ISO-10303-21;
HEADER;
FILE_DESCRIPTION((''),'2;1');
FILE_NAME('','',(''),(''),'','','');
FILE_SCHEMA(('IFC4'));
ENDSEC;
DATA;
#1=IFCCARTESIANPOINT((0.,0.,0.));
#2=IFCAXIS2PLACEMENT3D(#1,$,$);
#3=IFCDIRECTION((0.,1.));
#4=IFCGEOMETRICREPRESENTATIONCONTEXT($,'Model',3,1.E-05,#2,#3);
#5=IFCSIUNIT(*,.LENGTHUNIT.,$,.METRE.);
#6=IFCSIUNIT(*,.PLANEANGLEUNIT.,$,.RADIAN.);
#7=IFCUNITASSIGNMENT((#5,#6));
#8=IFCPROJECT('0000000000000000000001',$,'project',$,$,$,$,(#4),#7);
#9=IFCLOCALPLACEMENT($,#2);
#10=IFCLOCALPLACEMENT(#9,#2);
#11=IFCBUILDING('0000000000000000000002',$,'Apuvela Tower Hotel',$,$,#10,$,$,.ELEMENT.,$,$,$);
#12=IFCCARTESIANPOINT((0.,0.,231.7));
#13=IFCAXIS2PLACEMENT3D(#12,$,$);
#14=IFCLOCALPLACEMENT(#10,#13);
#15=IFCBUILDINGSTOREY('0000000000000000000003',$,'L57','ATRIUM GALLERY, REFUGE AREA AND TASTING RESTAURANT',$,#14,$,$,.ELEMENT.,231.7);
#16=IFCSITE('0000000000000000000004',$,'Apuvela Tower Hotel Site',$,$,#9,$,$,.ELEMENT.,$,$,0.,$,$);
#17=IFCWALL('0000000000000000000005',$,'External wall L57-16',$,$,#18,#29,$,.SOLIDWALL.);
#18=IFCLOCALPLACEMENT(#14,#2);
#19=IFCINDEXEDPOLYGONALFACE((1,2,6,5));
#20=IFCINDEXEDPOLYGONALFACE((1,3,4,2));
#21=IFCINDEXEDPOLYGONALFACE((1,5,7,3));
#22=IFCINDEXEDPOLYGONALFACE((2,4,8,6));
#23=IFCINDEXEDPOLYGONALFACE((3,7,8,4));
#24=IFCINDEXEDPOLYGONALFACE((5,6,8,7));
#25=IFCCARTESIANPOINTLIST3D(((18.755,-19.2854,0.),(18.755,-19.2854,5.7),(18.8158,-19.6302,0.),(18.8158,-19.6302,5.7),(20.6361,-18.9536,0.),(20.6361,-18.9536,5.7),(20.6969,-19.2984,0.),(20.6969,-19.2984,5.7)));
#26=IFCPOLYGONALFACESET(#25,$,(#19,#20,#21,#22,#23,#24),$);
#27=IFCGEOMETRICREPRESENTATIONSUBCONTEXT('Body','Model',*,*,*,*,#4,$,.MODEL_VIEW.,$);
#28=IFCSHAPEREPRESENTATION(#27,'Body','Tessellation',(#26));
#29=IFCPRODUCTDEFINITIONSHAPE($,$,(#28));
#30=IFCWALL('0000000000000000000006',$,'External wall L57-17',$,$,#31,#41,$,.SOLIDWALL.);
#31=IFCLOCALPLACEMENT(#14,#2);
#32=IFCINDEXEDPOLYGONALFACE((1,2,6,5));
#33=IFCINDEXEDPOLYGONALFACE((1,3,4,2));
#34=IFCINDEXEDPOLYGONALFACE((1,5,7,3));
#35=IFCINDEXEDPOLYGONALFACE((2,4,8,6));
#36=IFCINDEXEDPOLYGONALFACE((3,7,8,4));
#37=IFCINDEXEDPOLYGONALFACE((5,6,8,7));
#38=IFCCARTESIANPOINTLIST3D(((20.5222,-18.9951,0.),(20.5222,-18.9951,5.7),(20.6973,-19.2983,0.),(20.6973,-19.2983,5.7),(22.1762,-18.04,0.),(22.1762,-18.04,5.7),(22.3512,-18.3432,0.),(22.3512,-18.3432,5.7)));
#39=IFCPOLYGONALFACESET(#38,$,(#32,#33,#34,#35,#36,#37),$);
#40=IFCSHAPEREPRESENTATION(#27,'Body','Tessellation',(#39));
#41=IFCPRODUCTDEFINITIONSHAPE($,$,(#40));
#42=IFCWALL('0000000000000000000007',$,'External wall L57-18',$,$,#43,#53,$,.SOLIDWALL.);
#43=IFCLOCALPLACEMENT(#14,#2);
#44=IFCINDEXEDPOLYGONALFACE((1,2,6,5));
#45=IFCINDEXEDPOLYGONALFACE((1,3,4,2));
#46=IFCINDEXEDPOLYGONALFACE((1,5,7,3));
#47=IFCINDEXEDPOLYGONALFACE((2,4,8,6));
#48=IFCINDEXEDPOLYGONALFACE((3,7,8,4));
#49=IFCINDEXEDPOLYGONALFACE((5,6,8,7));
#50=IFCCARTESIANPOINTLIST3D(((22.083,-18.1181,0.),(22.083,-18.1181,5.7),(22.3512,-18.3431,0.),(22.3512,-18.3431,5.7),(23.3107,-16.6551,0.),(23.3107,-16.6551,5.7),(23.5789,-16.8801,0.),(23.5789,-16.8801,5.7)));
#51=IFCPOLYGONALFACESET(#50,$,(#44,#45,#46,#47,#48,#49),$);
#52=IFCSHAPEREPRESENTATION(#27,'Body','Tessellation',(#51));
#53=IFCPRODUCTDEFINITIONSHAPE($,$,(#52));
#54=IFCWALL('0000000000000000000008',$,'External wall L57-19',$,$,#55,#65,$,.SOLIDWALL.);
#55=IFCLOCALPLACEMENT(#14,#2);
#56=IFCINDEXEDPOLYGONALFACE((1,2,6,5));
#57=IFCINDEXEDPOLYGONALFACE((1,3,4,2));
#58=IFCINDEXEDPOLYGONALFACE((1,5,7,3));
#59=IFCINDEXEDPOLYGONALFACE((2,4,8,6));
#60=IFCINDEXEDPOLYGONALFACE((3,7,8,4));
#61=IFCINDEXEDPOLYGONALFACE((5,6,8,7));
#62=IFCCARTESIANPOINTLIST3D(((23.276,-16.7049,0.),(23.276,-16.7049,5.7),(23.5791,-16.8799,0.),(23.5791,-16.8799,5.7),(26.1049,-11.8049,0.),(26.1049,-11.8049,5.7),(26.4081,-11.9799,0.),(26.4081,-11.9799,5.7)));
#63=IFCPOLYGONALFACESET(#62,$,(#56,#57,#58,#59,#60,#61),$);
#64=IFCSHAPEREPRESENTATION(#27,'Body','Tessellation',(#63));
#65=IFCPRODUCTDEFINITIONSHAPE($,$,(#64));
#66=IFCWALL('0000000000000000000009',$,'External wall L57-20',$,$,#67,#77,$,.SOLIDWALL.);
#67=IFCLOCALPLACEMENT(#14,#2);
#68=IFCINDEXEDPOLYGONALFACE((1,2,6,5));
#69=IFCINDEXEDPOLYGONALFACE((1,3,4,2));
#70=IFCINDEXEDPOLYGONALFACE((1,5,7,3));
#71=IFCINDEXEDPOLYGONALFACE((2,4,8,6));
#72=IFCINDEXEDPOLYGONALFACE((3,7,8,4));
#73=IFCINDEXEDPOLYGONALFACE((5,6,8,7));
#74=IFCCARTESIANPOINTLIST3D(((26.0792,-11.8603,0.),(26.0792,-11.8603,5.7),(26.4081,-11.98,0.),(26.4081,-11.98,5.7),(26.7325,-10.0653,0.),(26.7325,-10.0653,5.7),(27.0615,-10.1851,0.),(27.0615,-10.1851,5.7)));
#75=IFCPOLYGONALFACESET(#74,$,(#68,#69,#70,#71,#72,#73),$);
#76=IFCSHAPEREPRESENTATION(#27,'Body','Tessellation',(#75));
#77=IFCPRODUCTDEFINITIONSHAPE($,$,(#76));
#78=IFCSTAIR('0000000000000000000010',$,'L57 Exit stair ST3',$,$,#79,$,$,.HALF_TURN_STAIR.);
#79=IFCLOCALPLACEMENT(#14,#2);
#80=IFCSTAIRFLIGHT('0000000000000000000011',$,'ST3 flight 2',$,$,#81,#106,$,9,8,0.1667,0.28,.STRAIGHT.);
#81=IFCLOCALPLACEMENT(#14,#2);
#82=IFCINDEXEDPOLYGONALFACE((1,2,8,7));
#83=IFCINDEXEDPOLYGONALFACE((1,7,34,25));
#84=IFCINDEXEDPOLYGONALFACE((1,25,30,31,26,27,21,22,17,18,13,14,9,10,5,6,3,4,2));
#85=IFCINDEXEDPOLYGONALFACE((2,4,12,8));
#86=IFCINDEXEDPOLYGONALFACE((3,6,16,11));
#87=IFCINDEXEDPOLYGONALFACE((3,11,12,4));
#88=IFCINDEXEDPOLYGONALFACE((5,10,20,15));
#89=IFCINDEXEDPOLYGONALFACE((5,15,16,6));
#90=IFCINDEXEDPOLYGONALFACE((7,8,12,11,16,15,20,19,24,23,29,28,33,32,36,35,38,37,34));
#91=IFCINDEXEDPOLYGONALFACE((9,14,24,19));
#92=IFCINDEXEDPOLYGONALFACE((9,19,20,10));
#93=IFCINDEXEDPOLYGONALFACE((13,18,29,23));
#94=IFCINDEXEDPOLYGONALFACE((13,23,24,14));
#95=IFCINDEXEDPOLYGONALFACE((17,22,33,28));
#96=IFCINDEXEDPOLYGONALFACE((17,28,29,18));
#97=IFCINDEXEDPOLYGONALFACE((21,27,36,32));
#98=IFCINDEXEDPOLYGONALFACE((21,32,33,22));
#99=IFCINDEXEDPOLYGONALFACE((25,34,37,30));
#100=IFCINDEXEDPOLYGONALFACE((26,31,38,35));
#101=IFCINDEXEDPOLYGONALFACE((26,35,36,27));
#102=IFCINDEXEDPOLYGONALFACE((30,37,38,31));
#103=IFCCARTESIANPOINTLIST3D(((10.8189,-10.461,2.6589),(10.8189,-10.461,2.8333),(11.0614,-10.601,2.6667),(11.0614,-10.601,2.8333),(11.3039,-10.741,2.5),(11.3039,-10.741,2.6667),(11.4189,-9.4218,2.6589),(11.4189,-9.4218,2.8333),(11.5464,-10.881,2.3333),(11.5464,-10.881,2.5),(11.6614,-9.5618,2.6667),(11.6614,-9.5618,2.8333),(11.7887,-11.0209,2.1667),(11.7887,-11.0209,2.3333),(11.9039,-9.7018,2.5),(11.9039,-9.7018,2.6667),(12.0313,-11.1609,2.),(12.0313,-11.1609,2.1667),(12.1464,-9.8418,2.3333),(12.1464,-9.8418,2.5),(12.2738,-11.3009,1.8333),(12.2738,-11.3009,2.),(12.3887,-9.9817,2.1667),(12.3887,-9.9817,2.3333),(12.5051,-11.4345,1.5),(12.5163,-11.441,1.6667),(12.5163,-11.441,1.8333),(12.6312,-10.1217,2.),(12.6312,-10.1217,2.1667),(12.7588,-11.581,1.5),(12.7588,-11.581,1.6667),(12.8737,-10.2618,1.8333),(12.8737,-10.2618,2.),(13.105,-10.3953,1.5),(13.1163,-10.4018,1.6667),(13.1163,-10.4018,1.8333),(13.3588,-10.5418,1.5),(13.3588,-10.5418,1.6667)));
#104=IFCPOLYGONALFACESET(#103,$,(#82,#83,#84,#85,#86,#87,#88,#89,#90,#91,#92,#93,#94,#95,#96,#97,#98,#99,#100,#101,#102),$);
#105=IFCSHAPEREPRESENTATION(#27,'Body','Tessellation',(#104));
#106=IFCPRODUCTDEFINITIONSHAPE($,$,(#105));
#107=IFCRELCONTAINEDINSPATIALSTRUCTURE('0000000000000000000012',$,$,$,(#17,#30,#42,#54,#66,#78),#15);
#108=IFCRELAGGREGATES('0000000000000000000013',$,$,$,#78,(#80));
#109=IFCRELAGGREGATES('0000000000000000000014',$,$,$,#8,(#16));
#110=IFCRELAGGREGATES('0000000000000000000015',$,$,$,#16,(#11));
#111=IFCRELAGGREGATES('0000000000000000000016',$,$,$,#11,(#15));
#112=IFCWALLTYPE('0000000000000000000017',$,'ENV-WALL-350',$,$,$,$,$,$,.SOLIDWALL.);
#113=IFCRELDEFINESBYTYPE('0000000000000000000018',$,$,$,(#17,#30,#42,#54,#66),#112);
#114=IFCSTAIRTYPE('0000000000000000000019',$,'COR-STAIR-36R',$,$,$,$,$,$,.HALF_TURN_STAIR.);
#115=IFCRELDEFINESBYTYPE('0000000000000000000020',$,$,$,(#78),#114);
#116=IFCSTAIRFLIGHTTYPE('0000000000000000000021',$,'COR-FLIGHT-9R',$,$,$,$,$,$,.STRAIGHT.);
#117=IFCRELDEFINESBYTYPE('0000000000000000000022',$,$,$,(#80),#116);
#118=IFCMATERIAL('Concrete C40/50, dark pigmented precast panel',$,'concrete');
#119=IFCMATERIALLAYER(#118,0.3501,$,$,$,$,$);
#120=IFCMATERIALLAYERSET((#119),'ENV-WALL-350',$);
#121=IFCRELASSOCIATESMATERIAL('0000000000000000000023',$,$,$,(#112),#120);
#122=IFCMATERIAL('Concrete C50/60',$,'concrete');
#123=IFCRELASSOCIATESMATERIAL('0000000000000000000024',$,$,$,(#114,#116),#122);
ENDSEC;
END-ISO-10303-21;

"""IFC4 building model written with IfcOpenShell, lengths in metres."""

from ifc_helpers import new_model, si_unit, direction, frame, frame_2d, origin, place, context, subcontext, project, spatial, polyline, rectangle, outline, extrude, material, layer, layer_set, type_object, element, aggregate, save


model = new_model("IFC4")

# Units and contexts
model_context = context("Model", 3, precision=1e-05, world=origin(), true_north=direction((0.0, 1.0)))
body_context = subcontext(model_context, "Body", "Model", "MODEL_VIEW")
ifc_project = project(units=[si_unit("LENGTHUNIT", "METRE"), si_unit("PLANEANGLEUNIT", "RADIAN")], contexts=[model_context])

# Site, building, storey
site_placement = place(None, origin())
site = spatial("IfcSite", under=ifc_project, at=site_placement, Name="Apuvela Tower Hotel Site", CompositionType="ELEMENT", RefElevation=0.0)
building_placement = place(site_placement, origin())
building = spatial("IfcBuilding", under=site, at=building_placement, Name="Apuvela Tower Hotel", CompositionType="ELEMENT")
storey_placement = place(building_placement, frame((0.0, 0.0, 231.7)))
storey = spatial("IfcBuildingStorey", under=building, at=storey_placement, Name="L57", Description="ATRIUM GALLERY, REFUGE AREA AND TASTING RESTAURANT", CompositionType="ELEMENT", Elevation=231.7)

# Shared definitions
ifc_material_1 = material(Name="Concrete C50/60", Category="concrete")

# Walls
ifc_material_2 = material(Name="Concrete C40/50, dark pigmented precast panel", Category="concrete")
ifc_layer_1 = layer(ifc_material_2, 0.3501)
ifc_layer_set_1 = layer_set([ifc_layer_1], Name="ENV-WALL-350")
wall_type_1 = type_object("IfcWallType", Name="ENV-WALL-350", PredefinedType="SOLIDWALL", material=ifc_layer_set_1)
wall_1_placement = place(storey_placement, frame((18.7854, -19.4578, 0.0), z_axis=(0.0, 0.0, 1.0), x_axis=(0.984799, 0.173698, 0.0)))
element("IfcWall", 1, at=wall_1_placement, inside=storey, type_object=wall_type_1, Name="External wall L57-16", PredefinedType="SOLIDWALL", context=body_context, shape_type="SweptSolid", body=[
    extrude(rectangle(XDim=1.9102, YDim=0.3501, at=frame_2d((0.9551, 0.0))), origin(), (0.0, 0.0, 1.0), 5.7),
])
for number, where, z_axis, x_axis, name in (
    (2, (20.6096, -19.1467, 0.0), (0.0, 0.0, 1.0), (0.866, 0.500043, 0.0), "External wall L57-17"),
    (3, (22.217, -18.2307, 0.0), (0.0, 0.0, 1.0), (0.642808, 0.766027, 0.0), "External wall L57-18"),
):
    element("IfcWall", number, at=place(storey_placement, frame(where, z_axis=z_axis, x_axis=x_axis)), inside=storey, type_object=wall_type_1, Name=name, PredefinedType="SOLIDWALL", context=body_context, shape_type="SweptSolid", body=[
        extrude(rectangle(XDim=1.9099, YDim=0.3501, at=frame_2d((0.9551, 0.0))), origin(), (0.0, 0.0, 1.0), 5.7),
    ])
wall_2_placement = place(storey_placement, frame((23.4275, -16.7925, 0.0), z_axis=(0.0, 0.0, 1.0), x_axis=(0.499986, 0.866033, 0.0)))
element("IfcWall", 4, at=wall_2_placement, inside=storey, type_object=wall_type_1, Name="External wall L57-19", PredefinedType="SOLIDWALL", context=body_context, shape_type="SweptSolid", body=[
    extrude(rectangle(XDim=5.658, YDim=0.3501, at=frame_2d((2.8291, 0.0))), origin(), (0.0, 0.0, 1.0), 5.7),
])
wall_3_placement = place(storey_placement, frame((26.2437, -11.9202, 0.0), z_axis=(0.0, 0.0, 1.0), x_axis=(0.34203, 0.939689, 0.0)))
element("IfcWall", 5, at=wall_3_placement, inside=storey, type_object=wall_type_1, Name="External wall L57-20", PredefinedType="SOLIDWALL", context=body_context, shape_type="SweptSolid", body=[
    extrude(rectangle(XDim=1.9102, YDim=0.3501, at=frame_2d((0.9551, 0.0))), origin(), (0.0, 0.0, 1.0), 5.7),
])

# Stair, stair flight
stair_type = type_object("IfcStairType", Name="COR-STAIR-36R", PredefinedType="HALF_TURN_STAIR", material=ifc_material_1)
stair_placement = place(storey_placement, origin())
stair = element("IfcStair", 6, at=stair_placement, inside=storey, type_object=stair_type, Name="L57 Exit stair ST3", PredefinedType="HALF_TURN_STAIR")
stair_flight_type = type_object("IfcStairFlightType", Name="COR-FLIGHT-9R", PredefinedType="STRAIGHT", material=ifc_material_1)
stair_flight_placement = place(storey_placement, frame((13.0588, -11.0613, 1.5), z_axis=(0.0, 0.0, 1.0), x_axis=(-0.866025, 0.5, 0.0)))
stair_flight = element("IfcStairFlight", 7, at=stair_flight_placement, type_object=stair_flight_type, Name="ST3 flight 2", NumberOfRisers=9, NumberOfTreads=8, PredefinedType="STRAIGHT", RiserHeight=0.1667, TreadLength=0.28, context=body_context, shape_type="SweptSolid", body=[
    extrude(outline(polyline([(0.0, 0.0), (0.0, 0.1667), (0.28, 0.1667), (0.28, 0.3333), (0.5601, 0.3333), (0.5601, 0.5), (0.8401, 0.5), (0.8401, 0.6667), (1.1201, 0.6667), (1.1201, 0.8333), (1.3999, 0.8333), (1.3999, 1.0), (1.6799, 1.0), (1.6799, 1.1667), (1.96, 1.1667), (1.96, 1.3333), (2.24, 1.3333), (2.24, 1.5), (2.24, 1.1589), (0.293, 0.0), (0.0, 0.0)])), frame((0.0, 0.6001, 0.0), z_axis=(0.0, -1.0, 0.0), x_axis=(1.0, 0.0, 0.0)), (0.0, 0.0, 1.0), 1.2),
])
aggregate(stair, [stair_flight])

save(model, "model.ifc")
